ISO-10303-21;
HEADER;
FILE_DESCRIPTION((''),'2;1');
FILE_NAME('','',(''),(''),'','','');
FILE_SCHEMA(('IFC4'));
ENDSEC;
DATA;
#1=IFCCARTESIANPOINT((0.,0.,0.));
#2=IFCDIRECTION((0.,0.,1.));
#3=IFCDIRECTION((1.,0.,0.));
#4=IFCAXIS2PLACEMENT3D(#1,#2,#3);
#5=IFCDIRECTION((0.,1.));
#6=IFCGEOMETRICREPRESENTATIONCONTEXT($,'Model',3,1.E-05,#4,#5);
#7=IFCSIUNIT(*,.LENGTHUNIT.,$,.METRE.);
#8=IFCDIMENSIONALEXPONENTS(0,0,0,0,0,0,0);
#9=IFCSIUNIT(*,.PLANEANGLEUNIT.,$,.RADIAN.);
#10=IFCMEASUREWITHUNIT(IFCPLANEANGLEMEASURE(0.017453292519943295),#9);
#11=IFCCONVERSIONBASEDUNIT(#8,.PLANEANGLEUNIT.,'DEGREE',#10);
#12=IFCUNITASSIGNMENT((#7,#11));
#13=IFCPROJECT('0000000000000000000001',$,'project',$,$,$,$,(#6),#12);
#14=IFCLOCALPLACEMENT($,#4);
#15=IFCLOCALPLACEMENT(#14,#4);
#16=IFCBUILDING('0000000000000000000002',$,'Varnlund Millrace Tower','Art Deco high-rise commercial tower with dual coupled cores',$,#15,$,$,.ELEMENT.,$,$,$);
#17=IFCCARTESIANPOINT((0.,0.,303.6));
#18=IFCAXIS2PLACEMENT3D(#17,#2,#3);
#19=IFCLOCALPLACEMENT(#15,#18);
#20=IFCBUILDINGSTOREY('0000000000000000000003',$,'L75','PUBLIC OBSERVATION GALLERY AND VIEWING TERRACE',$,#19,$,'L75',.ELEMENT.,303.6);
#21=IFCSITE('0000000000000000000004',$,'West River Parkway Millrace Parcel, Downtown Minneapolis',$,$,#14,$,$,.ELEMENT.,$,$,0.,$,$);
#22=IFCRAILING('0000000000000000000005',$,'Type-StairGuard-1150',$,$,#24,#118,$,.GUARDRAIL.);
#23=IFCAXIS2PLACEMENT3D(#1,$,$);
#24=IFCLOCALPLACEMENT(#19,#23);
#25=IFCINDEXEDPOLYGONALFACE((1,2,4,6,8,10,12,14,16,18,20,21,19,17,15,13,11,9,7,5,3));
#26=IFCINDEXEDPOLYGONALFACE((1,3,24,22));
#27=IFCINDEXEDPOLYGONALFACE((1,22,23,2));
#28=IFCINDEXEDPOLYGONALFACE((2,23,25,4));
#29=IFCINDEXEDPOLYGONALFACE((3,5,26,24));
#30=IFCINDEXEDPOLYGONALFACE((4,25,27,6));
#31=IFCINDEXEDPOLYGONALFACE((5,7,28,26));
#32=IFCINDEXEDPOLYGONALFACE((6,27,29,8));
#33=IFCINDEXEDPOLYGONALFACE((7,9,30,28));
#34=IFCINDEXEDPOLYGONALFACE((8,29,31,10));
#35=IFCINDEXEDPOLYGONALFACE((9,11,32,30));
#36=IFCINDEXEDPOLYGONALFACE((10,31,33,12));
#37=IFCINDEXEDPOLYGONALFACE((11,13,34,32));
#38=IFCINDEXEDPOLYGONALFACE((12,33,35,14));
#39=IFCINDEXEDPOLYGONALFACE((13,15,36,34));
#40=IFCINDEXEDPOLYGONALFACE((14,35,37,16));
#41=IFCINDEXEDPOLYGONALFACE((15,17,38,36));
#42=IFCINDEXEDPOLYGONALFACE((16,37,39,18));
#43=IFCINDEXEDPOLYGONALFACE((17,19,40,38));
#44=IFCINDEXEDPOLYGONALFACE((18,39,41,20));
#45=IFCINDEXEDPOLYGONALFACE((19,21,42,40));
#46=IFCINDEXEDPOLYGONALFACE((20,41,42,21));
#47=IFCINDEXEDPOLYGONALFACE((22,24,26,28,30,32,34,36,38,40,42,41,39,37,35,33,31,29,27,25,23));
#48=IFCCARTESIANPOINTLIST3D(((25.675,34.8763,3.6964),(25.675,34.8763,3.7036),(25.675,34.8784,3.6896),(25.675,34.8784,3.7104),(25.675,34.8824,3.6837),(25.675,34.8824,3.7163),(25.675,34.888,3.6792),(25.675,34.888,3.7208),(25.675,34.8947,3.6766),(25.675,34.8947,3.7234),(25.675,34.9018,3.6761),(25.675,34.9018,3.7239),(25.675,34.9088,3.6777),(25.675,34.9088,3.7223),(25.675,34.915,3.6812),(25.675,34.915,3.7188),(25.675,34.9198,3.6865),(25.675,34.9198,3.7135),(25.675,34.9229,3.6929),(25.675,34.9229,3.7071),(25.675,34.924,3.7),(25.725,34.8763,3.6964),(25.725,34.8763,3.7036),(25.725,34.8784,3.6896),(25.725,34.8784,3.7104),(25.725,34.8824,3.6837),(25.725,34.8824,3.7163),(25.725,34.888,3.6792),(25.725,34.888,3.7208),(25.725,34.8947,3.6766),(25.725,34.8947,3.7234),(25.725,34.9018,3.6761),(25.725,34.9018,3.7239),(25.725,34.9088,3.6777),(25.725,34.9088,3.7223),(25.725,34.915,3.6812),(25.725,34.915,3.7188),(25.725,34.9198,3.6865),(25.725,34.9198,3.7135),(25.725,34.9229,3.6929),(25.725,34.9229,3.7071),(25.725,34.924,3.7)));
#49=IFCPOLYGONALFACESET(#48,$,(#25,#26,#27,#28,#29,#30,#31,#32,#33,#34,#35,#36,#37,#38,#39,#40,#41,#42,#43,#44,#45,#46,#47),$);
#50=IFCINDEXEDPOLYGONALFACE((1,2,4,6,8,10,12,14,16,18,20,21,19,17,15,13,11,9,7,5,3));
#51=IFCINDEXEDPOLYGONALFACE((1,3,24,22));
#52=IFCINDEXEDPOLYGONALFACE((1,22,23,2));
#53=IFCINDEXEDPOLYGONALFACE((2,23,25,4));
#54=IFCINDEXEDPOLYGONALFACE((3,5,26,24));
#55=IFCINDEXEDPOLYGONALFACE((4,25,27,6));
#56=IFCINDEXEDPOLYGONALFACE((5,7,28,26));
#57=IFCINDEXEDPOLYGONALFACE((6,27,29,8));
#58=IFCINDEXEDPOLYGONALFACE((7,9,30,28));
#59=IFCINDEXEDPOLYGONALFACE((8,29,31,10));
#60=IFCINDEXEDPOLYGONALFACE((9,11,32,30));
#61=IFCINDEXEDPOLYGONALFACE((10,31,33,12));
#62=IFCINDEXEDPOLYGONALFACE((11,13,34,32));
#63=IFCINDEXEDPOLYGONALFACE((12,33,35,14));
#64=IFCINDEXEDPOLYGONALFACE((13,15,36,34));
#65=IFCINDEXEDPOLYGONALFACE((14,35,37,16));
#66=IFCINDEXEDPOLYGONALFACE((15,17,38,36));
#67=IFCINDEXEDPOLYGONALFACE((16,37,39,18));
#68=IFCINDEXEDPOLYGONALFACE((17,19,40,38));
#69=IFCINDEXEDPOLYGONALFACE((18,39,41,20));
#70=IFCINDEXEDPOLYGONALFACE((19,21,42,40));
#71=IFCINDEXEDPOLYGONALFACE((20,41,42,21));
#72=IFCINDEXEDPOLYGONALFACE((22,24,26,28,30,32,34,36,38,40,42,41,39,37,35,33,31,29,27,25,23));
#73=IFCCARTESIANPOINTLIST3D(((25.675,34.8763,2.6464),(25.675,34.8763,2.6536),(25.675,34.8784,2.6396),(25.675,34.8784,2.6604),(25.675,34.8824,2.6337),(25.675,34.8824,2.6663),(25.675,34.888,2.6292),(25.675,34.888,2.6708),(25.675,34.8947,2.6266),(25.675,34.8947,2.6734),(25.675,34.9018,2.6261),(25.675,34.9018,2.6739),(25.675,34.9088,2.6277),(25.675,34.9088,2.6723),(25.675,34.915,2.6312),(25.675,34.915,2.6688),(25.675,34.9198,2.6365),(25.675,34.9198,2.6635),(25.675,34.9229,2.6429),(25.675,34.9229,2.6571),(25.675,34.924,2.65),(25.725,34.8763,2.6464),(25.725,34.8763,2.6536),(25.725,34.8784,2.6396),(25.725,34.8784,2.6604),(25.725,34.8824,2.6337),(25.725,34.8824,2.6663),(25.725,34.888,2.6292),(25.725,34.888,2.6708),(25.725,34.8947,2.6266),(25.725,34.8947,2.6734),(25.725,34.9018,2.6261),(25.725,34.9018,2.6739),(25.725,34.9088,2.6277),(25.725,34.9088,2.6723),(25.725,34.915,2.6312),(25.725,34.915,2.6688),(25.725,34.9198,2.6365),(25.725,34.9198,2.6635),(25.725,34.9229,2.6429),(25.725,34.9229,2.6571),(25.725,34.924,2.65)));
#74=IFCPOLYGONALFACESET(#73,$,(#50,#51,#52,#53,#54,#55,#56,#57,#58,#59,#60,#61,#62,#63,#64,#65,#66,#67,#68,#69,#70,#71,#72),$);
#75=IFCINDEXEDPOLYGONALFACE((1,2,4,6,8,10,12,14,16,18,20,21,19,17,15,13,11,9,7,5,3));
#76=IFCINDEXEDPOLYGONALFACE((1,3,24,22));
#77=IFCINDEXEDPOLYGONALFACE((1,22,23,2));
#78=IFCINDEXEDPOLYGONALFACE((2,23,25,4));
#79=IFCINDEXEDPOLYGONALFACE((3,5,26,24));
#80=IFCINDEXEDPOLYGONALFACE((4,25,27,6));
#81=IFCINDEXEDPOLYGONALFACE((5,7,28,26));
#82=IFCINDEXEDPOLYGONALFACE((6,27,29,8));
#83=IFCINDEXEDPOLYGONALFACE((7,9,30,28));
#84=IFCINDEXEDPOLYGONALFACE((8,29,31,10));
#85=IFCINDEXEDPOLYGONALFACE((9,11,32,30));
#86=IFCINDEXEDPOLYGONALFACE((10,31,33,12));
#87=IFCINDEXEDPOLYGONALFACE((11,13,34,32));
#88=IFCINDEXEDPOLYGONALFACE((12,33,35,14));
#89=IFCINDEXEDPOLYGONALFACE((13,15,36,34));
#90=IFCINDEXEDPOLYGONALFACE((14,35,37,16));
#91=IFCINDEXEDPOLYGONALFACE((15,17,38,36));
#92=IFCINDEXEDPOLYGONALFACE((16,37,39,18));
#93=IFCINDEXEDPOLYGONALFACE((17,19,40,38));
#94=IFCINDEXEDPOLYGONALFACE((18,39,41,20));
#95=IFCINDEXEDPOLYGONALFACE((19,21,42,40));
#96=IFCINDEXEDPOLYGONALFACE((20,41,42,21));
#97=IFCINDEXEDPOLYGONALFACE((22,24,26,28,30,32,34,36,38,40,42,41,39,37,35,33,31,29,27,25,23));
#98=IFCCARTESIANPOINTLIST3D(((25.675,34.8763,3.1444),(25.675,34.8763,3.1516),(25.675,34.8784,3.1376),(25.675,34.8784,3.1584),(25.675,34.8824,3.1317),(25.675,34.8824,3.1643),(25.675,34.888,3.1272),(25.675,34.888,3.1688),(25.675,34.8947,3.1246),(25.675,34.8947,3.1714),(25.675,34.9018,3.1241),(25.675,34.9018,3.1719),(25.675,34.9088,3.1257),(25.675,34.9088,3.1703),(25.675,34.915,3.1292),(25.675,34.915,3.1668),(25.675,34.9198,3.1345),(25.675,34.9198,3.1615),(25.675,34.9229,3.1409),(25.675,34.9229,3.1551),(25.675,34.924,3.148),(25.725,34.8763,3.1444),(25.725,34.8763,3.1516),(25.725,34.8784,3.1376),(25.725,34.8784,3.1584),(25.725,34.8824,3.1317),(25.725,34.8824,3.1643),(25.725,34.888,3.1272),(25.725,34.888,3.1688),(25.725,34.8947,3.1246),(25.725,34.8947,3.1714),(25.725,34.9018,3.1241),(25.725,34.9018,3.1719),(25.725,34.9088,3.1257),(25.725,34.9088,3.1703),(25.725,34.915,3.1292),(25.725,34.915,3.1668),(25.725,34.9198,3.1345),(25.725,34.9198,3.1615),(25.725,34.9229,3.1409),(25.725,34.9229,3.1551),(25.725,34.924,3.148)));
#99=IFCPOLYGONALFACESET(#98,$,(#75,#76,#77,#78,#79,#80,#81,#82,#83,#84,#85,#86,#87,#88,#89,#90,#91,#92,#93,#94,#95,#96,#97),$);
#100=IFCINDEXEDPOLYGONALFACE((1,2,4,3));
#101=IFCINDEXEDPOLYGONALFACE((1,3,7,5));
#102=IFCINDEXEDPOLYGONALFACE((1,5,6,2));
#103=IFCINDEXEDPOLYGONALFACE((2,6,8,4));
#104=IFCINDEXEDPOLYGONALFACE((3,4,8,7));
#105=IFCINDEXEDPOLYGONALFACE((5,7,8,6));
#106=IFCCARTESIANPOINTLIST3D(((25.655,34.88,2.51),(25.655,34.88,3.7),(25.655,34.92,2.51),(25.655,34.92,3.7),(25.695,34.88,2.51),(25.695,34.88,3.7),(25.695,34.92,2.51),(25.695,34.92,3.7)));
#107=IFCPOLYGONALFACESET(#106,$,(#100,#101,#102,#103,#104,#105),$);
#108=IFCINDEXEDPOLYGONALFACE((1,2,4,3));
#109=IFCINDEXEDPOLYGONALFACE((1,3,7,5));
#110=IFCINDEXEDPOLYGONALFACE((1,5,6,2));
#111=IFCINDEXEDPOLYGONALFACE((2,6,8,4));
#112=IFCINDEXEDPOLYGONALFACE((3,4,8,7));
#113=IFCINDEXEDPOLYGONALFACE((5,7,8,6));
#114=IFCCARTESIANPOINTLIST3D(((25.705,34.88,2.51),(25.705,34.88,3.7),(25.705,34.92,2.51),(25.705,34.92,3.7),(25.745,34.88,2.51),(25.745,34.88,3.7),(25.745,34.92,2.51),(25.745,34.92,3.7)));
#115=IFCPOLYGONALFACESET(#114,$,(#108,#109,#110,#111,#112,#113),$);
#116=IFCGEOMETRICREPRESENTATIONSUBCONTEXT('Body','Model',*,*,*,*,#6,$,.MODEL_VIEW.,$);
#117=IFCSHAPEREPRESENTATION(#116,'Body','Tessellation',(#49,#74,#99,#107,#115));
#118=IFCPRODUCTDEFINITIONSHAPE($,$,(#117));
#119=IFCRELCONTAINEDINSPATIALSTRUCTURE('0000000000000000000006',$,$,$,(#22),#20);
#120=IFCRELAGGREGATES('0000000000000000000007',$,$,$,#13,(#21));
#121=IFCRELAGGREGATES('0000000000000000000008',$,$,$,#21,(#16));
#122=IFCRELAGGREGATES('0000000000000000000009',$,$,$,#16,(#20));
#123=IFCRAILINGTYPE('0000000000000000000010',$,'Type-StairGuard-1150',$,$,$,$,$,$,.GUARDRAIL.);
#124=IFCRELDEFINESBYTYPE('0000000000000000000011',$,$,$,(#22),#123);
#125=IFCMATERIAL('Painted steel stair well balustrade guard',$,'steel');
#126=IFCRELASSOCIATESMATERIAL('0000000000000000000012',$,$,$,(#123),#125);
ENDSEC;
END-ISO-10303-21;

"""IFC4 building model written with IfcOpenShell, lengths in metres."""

from ifc_helpers import new_model, entity, si_unit, converted_unit, direction, frame, origin_with_axes, origin_2d_with_axis, place, context, subcontext, project, spatial, rectangle, circle, extrude, material, type_object, element, save


model = new_model("IFC4")

# Units and contexts
model_context = context("Model", 3, precision=1e-05, world=origin_with_axes(), true_north=direction((0.0, 1.0)))
body_context = subcontext(model_context, "Body", "Model", "MODEL_VIEW")
ifc_project = project(units=[si_unit("LENGTHUNIT", "METRE"), converted_unit("PLANEANGLEUNIT", "DEGREE", entity("IfcPlaneAngleMeasure", 0.017453292519943295), si_unit("PLANEANGLEUNIT", "RADIAN"), dimensions=[0, 0, 0, 0, 0, 0, 0])], contexts=[model_context])

# Site, building, storey
site_placement = place(None, origin_with_axes())
site = spatial("IfcSite", under=ifc_project, at=site_placement, Name="West River Parkway Millrace Parcel, Downtown Minneapolis", CompositionType="ELEMENT", RefElevation=0.0)
building_placement = place(site_placement, origin_with_axes())
building = spatial("IfcBuilding", under=site, at=building_placement, Name="Varnlund Millrace Tower", Description="Art Deco high-rise commercial tower with dual coupled cores", CompositionType="ELEMENT")
storey_placement = place(building_placement, frame((0.0, 0.0, 303.6), z_axis=(0.0, 0.0, 1.0), x_axis=(1.0, 0.0, 0.0)))
storey = spatial("IfcBuildingStorey", under=building, at=storey_placement, Name="L75", Description="PUBLIC OBSERVATION GALLERY AND VIEWING TERRACE", LongName="L75", CompositionType="ELEMENT", Elevation=303.6)

# Railing
ifc_material_1 = material(Name="Painted steel stair well balustrade guard", Category="steel")
railing_type_1 = type_object("IfcRailingType", Name="Type-StairGuard-1150", PredefinedType="GUARDRAIL", material=ifc_material_1)
railing_1_placement = place(storey_placement, frame((0.0, 0.0, -303.6), z_axis=(0.0, 0.0, 1.0), x_axis=(1.0, 0.0, 0.0)))
element("IfcRailing", 1, at=railing_1_placement, inside=storey, type_object=railing_type_1, Name="Type-StairGuard-1150", PredefinedType="GUARDRAIL", context=body_context, shape_type="SweptSolid", body=[
    extrude(circle(Radius=0.024, at=origin_2d_with_axis()), frame((25.675, 34.9, 307.3), z_axis=(1.0, 0.0, 0.0), x_axis=(0.0, 1.0, 0.0)), (0.0, 0.0, 1.0), 0.05),
    extrude(circle(Radius=0.024, at=origin_2d_with_axis()), frame((25.675, 34.9, 306.25), z_axis=(1.0, 0.0, 0.0), x_axis=(0.0, 1.0, 0.0)), (0.0, 0.0, 1.0), 0.05),
    extrude(circle(Radius=0.024, at=origin_2d_with_axis()), frame((25.675, 34.9, 306.748), z_axis=(1.0, 0.0, 0.0), x_axis=(0.0, 1.0, 0.0)), (0.0, 0.0, 1.0), 0.05),
    extrude(rectangle(XDim=0.04, YDim=0.04, at=origin_2d_with_axis()), frame((25.675, 34.9, 306.11), z_axis=(0.0, 0.0, 1.0), x_axis=(1.0, 0.0, 0.0)), (0.0, 0.0, 1.0), 1.19),
    extrude(rectangle(XDim=0.04, YDim=0.04, at=origin_2d_with_axis()), frame((25.725, 34.9, 306.11), z_axis=(0.0, 0.0, 1.0), x_axis=(1.0, 0.0, 0.0)), (0.0, 0.0, 1.0), 1.19),
])

save(model, "model.ifc")
